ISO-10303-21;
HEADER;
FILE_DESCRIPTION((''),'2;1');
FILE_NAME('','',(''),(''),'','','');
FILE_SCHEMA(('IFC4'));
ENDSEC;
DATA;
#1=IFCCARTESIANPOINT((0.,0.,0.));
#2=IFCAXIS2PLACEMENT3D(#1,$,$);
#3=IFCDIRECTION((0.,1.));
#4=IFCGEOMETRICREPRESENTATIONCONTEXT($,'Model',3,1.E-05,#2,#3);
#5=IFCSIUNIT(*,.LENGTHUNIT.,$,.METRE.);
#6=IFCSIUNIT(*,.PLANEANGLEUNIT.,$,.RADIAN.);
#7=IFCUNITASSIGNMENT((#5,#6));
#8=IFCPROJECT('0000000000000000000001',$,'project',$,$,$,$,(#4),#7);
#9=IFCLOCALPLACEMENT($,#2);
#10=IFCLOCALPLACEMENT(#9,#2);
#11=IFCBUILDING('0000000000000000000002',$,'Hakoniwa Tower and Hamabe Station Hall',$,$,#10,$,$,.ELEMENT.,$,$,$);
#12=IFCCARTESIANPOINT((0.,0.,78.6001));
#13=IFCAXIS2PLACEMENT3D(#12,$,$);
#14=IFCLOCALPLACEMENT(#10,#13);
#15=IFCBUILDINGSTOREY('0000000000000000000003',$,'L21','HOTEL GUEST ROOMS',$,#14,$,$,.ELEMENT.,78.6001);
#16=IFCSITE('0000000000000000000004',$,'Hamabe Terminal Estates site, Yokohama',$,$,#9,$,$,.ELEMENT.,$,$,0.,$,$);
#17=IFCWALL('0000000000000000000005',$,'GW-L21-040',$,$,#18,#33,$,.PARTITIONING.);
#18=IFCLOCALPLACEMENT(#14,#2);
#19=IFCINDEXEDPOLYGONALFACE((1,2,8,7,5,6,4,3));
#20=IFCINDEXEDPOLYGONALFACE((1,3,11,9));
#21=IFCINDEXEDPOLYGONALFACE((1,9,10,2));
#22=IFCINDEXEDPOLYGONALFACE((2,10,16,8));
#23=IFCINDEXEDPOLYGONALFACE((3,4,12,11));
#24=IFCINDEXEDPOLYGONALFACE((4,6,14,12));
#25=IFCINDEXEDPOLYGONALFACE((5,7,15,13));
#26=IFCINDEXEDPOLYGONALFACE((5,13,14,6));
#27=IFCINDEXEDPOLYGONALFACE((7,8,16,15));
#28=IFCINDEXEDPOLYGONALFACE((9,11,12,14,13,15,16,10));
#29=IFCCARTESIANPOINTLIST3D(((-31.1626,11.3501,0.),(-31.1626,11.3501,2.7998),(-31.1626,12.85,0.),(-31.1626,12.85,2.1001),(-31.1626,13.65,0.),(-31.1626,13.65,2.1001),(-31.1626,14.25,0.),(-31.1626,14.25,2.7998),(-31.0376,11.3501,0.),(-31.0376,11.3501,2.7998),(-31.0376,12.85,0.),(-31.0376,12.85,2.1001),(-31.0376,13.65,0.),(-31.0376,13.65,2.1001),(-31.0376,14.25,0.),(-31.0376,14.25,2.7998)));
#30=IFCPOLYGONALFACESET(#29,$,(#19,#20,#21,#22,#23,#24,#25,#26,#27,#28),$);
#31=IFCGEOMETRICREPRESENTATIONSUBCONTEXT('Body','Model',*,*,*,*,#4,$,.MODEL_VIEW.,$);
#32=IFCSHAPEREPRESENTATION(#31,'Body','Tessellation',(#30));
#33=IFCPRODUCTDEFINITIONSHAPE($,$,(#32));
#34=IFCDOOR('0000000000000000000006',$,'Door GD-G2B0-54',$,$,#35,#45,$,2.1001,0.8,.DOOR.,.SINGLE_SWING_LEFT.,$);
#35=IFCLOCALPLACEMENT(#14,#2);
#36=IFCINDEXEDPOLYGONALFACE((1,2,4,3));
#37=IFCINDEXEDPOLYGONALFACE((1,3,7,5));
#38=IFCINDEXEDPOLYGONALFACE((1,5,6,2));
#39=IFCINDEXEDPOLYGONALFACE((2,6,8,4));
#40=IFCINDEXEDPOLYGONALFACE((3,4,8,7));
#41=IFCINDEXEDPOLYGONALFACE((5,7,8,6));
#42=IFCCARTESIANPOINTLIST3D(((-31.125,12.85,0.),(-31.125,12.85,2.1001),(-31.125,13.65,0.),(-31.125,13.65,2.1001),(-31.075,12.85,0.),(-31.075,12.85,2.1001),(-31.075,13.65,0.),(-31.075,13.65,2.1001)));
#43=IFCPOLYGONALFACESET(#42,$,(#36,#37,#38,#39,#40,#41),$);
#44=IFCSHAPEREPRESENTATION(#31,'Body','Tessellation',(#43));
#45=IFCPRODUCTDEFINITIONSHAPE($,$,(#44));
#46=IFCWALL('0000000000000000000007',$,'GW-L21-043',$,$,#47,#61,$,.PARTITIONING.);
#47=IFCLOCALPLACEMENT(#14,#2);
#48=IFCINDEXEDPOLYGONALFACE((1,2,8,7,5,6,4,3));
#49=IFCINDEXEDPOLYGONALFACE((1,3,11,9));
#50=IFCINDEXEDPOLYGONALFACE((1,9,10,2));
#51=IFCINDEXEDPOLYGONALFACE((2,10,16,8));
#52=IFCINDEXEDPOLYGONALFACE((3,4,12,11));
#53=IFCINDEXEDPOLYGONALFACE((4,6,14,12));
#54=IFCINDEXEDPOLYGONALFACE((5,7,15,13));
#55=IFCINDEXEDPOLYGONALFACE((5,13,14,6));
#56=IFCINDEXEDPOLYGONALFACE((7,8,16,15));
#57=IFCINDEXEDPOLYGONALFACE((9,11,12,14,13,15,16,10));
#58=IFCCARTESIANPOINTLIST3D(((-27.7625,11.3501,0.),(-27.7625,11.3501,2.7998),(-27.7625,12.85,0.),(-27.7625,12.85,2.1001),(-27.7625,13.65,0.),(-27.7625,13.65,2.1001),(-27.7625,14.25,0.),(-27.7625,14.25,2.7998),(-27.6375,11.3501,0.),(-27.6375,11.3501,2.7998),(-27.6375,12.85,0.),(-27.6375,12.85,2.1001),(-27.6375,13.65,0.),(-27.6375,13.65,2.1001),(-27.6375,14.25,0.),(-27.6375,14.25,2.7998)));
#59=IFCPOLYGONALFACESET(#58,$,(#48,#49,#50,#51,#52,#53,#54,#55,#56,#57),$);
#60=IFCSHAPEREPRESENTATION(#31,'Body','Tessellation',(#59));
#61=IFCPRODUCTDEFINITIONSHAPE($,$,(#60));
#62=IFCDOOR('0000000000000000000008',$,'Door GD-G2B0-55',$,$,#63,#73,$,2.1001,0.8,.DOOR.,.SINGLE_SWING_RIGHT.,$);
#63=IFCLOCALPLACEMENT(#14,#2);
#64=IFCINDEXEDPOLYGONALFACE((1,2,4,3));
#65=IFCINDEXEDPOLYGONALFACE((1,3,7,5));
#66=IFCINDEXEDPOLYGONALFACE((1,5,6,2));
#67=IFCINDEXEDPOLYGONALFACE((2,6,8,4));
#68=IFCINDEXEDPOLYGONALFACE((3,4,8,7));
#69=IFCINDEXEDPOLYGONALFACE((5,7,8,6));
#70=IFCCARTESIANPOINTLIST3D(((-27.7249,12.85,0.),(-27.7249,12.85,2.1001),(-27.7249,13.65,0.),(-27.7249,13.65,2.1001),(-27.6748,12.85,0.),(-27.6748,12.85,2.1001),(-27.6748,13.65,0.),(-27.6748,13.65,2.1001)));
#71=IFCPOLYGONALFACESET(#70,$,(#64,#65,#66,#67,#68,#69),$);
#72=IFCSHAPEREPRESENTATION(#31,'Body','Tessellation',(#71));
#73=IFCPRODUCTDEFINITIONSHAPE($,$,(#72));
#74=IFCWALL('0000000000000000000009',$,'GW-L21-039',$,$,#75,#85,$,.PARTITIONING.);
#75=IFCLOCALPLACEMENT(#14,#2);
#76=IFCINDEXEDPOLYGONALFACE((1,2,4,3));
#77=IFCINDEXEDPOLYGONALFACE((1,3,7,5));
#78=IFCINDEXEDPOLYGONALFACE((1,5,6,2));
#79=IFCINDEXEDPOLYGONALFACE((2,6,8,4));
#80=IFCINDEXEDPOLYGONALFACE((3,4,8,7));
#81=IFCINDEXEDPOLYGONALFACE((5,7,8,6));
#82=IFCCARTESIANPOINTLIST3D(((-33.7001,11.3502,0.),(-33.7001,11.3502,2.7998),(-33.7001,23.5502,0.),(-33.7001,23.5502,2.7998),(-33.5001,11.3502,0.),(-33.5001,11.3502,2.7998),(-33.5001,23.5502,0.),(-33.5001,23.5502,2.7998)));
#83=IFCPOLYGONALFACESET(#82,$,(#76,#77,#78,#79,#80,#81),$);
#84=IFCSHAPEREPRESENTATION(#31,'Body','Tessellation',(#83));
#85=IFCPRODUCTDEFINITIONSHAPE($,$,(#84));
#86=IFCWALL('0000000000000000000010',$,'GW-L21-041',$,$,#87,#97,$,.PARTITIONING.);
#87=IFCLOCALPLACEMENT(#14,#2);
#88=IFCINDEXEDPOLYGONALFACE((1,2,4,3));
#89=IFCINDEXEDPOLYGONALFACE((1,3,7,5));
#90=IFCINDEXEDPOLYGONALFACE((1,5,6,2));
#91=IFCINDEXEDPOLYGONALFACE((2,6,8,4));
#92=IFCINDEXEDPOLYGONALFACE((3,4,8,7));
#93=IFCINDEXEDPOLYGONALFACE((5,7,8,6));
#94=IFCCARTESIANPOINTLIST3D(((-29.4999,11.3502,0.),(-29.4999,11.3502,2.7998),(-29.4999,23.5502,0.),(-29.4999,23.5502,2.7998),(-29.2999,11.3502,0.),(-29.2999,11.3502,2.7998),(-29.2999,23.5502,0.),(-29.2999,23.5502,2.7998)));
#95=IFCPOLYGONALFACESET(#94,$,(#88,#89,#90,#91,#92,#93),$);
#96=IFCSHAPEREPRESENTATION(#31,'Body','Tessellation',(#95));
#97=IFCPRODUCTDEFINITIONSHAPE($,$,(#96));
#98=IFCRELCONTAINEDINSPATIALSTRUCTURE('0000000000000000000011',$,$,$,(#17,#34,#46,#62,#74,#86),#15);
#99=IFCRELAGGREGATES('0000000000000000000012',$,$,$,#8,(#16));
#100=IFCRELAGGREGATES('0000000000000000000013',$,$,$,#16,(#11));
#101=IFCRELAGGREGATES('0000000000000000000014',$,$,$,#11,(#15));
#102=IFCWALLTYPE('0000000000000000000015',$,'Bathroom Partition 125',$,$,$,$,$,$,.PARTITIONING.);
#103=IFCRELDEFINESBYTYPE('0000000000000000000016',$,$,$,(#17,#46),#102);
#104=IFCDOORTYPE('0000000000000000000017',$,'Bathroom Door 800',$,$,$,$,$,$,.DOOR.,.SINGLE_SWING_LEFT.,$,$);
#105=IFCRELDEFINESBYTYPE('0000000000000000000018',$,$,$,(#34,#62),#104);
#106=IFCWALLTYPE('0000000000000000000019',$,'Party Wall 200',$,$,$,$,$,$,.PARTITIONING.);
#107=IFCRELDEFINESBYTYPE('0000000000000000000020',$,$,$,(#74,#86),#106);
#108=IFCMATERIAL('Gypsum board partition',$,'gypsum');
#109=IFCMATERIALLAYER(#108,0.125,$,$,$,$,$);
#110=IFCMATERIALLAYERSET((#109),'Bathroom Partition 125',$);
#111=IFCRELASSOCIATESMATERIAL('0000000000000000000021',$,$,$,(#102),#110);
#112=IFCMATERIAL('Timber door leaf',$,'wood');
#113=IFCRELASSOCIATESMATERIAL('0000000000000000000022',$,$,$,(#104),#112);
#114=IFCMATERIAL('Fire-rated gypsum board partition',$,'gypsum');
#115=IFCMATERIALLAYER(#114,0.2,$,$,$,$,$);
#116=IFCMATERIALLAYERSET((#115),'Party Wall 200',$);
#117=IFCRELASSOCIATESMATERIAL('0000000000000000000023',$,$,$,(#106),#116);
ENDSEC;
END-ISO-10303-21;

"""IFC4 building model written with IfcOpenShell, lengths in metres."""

from ifc_helpers import new_model, si_unit, direction, frame, frame_2d, origin, place, context, subcontext, project, spatial, rectangle, extrude, material, layer, layer_set, type_object, element, fill, save


model = new_model("IFC4")

# Units and contexts
model_context = context("Model", 3, precision=1e-05, world=origin(), true_north=direction((0.0, 1.0)))
body_context = subcontext(model_context, "Body", "Model", "MODEL_VIEW")
ifc_project = project(units=[si_unit("LENGTHUNIT", "METRE"), si_unit("PLANEANGLEUNIT", "RADIAN")], contexts=[model_context])

# Site, building, storey
site_placement = place(None, origin())
site = spatial("IfcSite", under=ifc_project, at=site_placement, Name="Hamabe Terminal Estates site, Yokohama", CompositionType="ELEMENT", RefElevation=0.0)
building_placement = place(site_placement, origin())
building = spatial("IfcBuilding", under=site, at=building_placement, Name="Hakoniwa Tower and Hamabe Station Hall", CompositionType="ELEMENT")
storey_placement = place(building_placement, frame((0.0, 0.0, 78.6001)))
storey = spatial("IfcBuildingStorey", under=building, at=storey_placement, Name="L21", Description="HOTEL GUEST ROOMS", CompositionType="ELEMENT", Elevation=78.6001)

# Shared definitions
ifc_material_1 = material(Name="Gypsum board partition", Category="gypsum")
ifc_layer_1 = layer(ifc_material_1, 0.125)
ifc_layer_set_1 = layer_set([ifc_layer_1], Name="Bathroom Partition 125")
wall_type_1 = type_object("IfcWallType", Name="Bathroom Partition 125", PredefinedType="PARTITIONING", material=ifc_layer_set_1)

# Walls, openings, doors
wall_1_placement = place(storey_placement, frame((-31.1001, 11.3501, 0.0), z_axis=(0.0, 0.0, 1.0), x_axis=(0.0, 1.0, 0.0)))
wall_1 = element("IfcWall", 1, at=wall_1_placement, inside=storey, type_object=wall_type_1, Name="GW-L21-040", PredefinedType="PARTITIONING", context=body_context, shape_type="SweptSolid", body=[
    extrude(rectangle(XDim=2.8999, YDim=0.125, at=frame_2d((1.45, 0.0))), origin(), (0.0, 0.0, 1.0), 2.7998),
])
opening_1_placement = place(wall_1_placement, frame((1.5, 0.0, 0.0)))
opening_1 = element("IfcOpeningElement", 2, at=opening_1_placement, cuts=wall_1, PredefinedType="OPENING", context=body_context, shape_type="SweptSolid", body=[
    extrude(rectangle(XDim=0.8, YDim=2.1001, at=frame_2d((0.3999, 1.05))), frame((0.0, 0.0725, 0.0), z_axis=(0.0, -1.0, 0.0), x_axis=(1.0, 0.0, 0.0)), (0.0, 0.0, 1.0), 0.145),
])
ifc_material_2 = material(Name="Timber door leaf", Category="wood")
door_type_1 = type_object("IfcDoorType", Name="Bathroom Door 800", OperationType="SINGLE_SWING_LEFT", PredefinedType="DOOR", material=ifc_material_2)
door_1_placement = place(opening_1_placement, origin())
door_1 = element("IfcDoor", 3, at=door_1_placement, inside=storey, type_object=door_type_1, Name="Door GD-G2B0-54", OperationType="SINGLE_SWING_LEFT", OverallHeight=2.1001, OverallWidth=0.8, PredefinedType="DOOR", context=body_context, shape_type="SweptSolid", body=[
    extrude(rectangle(XDim=0.8, YDim=2.1001, at=frame_2d((0.3999, 1.05))), frame((0.0, 0.0249, 0.0), z_axis=(0.0, -1.0, 0.0), x_axis=(1.0, 0.0, 0.0)), (0.0, 0.0, 1.0), 0.05),
])
fill(opening_1, door_1)
wall_2_placement = place(storey_placement, frame((-27.7, 11.3501, 0.0), z_axis=(0.0, 0.0, 1.0), x_axis=(0.0, 1.0, 0.0)))
wall_2 = element("IfcWall", 4, at=wall_2_placement, inside=storey, type_object=wall_type_1, Name="GW-L21-043", PredefinedType="PARTITIONING", context=body_context, shape_type="SweptSolid", body=[
    extrude(rectangle(XDim=2.8999, YDim=0.125, at=frame_2d((1.45, 0.0))), origin(), (0.0, 0.0, 1.0), 2.7998),
])
opening_2_placement = place(wall_2_placement, frame((1.5, 0.0, 0.0)))
opening_2 = element("IfcOpeningElement", 5, at=opening_2_placement, cuts=wall_2, PredefinedType="OPENING", context=body_context, shape_type="SweptSolid", body=[
    extrude(rectangle(XDim=0.8, YDim=2.1001, at=frame_2d((0.3999, 1.05))), frame((0.0, 0.0725, 0.0), z_axis=(0.0, -1.0, 0.0), x_axis=(1.0, 0.0, 0.0)), (0.0, 0.0, 1.0), 0.145),
])
door_2_placement = place(opening_2_placement, origin())
door_2 = element("IfcDoor", 6, at=door_2_placement, inside=storey, type_object=door_type_1, Name="Door GD-G2B0-55", OperationType="SINGLE_SWING_RIGHT", OverallHeight=2.1001, OverallWidth=0.8, PredefinedType="DOOR", context=body_context, shape_type="SweptSolid", body=[
    extrude(rectangle(XDim=0.8, YDim=2.1001, at=frame_2d((0.3999, 1.05))), frame((0.0, 0.0249, 0.0), z_axis=(0.0, -1.0, 0.0), x_axis=(1.0, 0.0, 0.0)), (0.0, 0.0, 1.0), 0.05),
])
fill(opening_2, door_2)

# Walls
ifc_material_3 = material(Name="Fire-rated gypsum board partition", Category="gypsum")
ifc_layer_2 = layer(ifc_material_3, 0.2)
ifc_layer_set_2 = layer_set([ifc_layer_2], Name="Party Wall 200")
wall_type_2 = type_object("IfcWallType", Name="Party Wall 200", PredefinedType="PARTITIONING", material=ifc_layer_set_2)
for number, where, z_axis, x_axis, name in (
    (7, (-33.6001, 11.3501, 0.0), (0.0, 0.0, 1.0), (0.0, 1.0, 0.0), "GW-L21-039"),
    (8, (-29.3999, 11.3501, 0.0), (0.0, 0.0, 1.0), (0.0, 1.0, 0.0), "GW-L21-041"),
):
    element("IfcWall", number, at=place(storey_placement, frame(where, z_axis=z_axis, x_axis=x_axis)), inside=storey, type_object=wall_type_2, Name=name, PredefinedType="PARTITIONING", context=body_context, shape_type="SweptSolid", body=[
        extrude(rectangle(XDim=12.2, YDim=0.2, at=frame_2d((6.1001, 0.0))), origin(), (0.0, 0.0, 1.0), 2.7998),
    ])

save(model, "model.ifc")
